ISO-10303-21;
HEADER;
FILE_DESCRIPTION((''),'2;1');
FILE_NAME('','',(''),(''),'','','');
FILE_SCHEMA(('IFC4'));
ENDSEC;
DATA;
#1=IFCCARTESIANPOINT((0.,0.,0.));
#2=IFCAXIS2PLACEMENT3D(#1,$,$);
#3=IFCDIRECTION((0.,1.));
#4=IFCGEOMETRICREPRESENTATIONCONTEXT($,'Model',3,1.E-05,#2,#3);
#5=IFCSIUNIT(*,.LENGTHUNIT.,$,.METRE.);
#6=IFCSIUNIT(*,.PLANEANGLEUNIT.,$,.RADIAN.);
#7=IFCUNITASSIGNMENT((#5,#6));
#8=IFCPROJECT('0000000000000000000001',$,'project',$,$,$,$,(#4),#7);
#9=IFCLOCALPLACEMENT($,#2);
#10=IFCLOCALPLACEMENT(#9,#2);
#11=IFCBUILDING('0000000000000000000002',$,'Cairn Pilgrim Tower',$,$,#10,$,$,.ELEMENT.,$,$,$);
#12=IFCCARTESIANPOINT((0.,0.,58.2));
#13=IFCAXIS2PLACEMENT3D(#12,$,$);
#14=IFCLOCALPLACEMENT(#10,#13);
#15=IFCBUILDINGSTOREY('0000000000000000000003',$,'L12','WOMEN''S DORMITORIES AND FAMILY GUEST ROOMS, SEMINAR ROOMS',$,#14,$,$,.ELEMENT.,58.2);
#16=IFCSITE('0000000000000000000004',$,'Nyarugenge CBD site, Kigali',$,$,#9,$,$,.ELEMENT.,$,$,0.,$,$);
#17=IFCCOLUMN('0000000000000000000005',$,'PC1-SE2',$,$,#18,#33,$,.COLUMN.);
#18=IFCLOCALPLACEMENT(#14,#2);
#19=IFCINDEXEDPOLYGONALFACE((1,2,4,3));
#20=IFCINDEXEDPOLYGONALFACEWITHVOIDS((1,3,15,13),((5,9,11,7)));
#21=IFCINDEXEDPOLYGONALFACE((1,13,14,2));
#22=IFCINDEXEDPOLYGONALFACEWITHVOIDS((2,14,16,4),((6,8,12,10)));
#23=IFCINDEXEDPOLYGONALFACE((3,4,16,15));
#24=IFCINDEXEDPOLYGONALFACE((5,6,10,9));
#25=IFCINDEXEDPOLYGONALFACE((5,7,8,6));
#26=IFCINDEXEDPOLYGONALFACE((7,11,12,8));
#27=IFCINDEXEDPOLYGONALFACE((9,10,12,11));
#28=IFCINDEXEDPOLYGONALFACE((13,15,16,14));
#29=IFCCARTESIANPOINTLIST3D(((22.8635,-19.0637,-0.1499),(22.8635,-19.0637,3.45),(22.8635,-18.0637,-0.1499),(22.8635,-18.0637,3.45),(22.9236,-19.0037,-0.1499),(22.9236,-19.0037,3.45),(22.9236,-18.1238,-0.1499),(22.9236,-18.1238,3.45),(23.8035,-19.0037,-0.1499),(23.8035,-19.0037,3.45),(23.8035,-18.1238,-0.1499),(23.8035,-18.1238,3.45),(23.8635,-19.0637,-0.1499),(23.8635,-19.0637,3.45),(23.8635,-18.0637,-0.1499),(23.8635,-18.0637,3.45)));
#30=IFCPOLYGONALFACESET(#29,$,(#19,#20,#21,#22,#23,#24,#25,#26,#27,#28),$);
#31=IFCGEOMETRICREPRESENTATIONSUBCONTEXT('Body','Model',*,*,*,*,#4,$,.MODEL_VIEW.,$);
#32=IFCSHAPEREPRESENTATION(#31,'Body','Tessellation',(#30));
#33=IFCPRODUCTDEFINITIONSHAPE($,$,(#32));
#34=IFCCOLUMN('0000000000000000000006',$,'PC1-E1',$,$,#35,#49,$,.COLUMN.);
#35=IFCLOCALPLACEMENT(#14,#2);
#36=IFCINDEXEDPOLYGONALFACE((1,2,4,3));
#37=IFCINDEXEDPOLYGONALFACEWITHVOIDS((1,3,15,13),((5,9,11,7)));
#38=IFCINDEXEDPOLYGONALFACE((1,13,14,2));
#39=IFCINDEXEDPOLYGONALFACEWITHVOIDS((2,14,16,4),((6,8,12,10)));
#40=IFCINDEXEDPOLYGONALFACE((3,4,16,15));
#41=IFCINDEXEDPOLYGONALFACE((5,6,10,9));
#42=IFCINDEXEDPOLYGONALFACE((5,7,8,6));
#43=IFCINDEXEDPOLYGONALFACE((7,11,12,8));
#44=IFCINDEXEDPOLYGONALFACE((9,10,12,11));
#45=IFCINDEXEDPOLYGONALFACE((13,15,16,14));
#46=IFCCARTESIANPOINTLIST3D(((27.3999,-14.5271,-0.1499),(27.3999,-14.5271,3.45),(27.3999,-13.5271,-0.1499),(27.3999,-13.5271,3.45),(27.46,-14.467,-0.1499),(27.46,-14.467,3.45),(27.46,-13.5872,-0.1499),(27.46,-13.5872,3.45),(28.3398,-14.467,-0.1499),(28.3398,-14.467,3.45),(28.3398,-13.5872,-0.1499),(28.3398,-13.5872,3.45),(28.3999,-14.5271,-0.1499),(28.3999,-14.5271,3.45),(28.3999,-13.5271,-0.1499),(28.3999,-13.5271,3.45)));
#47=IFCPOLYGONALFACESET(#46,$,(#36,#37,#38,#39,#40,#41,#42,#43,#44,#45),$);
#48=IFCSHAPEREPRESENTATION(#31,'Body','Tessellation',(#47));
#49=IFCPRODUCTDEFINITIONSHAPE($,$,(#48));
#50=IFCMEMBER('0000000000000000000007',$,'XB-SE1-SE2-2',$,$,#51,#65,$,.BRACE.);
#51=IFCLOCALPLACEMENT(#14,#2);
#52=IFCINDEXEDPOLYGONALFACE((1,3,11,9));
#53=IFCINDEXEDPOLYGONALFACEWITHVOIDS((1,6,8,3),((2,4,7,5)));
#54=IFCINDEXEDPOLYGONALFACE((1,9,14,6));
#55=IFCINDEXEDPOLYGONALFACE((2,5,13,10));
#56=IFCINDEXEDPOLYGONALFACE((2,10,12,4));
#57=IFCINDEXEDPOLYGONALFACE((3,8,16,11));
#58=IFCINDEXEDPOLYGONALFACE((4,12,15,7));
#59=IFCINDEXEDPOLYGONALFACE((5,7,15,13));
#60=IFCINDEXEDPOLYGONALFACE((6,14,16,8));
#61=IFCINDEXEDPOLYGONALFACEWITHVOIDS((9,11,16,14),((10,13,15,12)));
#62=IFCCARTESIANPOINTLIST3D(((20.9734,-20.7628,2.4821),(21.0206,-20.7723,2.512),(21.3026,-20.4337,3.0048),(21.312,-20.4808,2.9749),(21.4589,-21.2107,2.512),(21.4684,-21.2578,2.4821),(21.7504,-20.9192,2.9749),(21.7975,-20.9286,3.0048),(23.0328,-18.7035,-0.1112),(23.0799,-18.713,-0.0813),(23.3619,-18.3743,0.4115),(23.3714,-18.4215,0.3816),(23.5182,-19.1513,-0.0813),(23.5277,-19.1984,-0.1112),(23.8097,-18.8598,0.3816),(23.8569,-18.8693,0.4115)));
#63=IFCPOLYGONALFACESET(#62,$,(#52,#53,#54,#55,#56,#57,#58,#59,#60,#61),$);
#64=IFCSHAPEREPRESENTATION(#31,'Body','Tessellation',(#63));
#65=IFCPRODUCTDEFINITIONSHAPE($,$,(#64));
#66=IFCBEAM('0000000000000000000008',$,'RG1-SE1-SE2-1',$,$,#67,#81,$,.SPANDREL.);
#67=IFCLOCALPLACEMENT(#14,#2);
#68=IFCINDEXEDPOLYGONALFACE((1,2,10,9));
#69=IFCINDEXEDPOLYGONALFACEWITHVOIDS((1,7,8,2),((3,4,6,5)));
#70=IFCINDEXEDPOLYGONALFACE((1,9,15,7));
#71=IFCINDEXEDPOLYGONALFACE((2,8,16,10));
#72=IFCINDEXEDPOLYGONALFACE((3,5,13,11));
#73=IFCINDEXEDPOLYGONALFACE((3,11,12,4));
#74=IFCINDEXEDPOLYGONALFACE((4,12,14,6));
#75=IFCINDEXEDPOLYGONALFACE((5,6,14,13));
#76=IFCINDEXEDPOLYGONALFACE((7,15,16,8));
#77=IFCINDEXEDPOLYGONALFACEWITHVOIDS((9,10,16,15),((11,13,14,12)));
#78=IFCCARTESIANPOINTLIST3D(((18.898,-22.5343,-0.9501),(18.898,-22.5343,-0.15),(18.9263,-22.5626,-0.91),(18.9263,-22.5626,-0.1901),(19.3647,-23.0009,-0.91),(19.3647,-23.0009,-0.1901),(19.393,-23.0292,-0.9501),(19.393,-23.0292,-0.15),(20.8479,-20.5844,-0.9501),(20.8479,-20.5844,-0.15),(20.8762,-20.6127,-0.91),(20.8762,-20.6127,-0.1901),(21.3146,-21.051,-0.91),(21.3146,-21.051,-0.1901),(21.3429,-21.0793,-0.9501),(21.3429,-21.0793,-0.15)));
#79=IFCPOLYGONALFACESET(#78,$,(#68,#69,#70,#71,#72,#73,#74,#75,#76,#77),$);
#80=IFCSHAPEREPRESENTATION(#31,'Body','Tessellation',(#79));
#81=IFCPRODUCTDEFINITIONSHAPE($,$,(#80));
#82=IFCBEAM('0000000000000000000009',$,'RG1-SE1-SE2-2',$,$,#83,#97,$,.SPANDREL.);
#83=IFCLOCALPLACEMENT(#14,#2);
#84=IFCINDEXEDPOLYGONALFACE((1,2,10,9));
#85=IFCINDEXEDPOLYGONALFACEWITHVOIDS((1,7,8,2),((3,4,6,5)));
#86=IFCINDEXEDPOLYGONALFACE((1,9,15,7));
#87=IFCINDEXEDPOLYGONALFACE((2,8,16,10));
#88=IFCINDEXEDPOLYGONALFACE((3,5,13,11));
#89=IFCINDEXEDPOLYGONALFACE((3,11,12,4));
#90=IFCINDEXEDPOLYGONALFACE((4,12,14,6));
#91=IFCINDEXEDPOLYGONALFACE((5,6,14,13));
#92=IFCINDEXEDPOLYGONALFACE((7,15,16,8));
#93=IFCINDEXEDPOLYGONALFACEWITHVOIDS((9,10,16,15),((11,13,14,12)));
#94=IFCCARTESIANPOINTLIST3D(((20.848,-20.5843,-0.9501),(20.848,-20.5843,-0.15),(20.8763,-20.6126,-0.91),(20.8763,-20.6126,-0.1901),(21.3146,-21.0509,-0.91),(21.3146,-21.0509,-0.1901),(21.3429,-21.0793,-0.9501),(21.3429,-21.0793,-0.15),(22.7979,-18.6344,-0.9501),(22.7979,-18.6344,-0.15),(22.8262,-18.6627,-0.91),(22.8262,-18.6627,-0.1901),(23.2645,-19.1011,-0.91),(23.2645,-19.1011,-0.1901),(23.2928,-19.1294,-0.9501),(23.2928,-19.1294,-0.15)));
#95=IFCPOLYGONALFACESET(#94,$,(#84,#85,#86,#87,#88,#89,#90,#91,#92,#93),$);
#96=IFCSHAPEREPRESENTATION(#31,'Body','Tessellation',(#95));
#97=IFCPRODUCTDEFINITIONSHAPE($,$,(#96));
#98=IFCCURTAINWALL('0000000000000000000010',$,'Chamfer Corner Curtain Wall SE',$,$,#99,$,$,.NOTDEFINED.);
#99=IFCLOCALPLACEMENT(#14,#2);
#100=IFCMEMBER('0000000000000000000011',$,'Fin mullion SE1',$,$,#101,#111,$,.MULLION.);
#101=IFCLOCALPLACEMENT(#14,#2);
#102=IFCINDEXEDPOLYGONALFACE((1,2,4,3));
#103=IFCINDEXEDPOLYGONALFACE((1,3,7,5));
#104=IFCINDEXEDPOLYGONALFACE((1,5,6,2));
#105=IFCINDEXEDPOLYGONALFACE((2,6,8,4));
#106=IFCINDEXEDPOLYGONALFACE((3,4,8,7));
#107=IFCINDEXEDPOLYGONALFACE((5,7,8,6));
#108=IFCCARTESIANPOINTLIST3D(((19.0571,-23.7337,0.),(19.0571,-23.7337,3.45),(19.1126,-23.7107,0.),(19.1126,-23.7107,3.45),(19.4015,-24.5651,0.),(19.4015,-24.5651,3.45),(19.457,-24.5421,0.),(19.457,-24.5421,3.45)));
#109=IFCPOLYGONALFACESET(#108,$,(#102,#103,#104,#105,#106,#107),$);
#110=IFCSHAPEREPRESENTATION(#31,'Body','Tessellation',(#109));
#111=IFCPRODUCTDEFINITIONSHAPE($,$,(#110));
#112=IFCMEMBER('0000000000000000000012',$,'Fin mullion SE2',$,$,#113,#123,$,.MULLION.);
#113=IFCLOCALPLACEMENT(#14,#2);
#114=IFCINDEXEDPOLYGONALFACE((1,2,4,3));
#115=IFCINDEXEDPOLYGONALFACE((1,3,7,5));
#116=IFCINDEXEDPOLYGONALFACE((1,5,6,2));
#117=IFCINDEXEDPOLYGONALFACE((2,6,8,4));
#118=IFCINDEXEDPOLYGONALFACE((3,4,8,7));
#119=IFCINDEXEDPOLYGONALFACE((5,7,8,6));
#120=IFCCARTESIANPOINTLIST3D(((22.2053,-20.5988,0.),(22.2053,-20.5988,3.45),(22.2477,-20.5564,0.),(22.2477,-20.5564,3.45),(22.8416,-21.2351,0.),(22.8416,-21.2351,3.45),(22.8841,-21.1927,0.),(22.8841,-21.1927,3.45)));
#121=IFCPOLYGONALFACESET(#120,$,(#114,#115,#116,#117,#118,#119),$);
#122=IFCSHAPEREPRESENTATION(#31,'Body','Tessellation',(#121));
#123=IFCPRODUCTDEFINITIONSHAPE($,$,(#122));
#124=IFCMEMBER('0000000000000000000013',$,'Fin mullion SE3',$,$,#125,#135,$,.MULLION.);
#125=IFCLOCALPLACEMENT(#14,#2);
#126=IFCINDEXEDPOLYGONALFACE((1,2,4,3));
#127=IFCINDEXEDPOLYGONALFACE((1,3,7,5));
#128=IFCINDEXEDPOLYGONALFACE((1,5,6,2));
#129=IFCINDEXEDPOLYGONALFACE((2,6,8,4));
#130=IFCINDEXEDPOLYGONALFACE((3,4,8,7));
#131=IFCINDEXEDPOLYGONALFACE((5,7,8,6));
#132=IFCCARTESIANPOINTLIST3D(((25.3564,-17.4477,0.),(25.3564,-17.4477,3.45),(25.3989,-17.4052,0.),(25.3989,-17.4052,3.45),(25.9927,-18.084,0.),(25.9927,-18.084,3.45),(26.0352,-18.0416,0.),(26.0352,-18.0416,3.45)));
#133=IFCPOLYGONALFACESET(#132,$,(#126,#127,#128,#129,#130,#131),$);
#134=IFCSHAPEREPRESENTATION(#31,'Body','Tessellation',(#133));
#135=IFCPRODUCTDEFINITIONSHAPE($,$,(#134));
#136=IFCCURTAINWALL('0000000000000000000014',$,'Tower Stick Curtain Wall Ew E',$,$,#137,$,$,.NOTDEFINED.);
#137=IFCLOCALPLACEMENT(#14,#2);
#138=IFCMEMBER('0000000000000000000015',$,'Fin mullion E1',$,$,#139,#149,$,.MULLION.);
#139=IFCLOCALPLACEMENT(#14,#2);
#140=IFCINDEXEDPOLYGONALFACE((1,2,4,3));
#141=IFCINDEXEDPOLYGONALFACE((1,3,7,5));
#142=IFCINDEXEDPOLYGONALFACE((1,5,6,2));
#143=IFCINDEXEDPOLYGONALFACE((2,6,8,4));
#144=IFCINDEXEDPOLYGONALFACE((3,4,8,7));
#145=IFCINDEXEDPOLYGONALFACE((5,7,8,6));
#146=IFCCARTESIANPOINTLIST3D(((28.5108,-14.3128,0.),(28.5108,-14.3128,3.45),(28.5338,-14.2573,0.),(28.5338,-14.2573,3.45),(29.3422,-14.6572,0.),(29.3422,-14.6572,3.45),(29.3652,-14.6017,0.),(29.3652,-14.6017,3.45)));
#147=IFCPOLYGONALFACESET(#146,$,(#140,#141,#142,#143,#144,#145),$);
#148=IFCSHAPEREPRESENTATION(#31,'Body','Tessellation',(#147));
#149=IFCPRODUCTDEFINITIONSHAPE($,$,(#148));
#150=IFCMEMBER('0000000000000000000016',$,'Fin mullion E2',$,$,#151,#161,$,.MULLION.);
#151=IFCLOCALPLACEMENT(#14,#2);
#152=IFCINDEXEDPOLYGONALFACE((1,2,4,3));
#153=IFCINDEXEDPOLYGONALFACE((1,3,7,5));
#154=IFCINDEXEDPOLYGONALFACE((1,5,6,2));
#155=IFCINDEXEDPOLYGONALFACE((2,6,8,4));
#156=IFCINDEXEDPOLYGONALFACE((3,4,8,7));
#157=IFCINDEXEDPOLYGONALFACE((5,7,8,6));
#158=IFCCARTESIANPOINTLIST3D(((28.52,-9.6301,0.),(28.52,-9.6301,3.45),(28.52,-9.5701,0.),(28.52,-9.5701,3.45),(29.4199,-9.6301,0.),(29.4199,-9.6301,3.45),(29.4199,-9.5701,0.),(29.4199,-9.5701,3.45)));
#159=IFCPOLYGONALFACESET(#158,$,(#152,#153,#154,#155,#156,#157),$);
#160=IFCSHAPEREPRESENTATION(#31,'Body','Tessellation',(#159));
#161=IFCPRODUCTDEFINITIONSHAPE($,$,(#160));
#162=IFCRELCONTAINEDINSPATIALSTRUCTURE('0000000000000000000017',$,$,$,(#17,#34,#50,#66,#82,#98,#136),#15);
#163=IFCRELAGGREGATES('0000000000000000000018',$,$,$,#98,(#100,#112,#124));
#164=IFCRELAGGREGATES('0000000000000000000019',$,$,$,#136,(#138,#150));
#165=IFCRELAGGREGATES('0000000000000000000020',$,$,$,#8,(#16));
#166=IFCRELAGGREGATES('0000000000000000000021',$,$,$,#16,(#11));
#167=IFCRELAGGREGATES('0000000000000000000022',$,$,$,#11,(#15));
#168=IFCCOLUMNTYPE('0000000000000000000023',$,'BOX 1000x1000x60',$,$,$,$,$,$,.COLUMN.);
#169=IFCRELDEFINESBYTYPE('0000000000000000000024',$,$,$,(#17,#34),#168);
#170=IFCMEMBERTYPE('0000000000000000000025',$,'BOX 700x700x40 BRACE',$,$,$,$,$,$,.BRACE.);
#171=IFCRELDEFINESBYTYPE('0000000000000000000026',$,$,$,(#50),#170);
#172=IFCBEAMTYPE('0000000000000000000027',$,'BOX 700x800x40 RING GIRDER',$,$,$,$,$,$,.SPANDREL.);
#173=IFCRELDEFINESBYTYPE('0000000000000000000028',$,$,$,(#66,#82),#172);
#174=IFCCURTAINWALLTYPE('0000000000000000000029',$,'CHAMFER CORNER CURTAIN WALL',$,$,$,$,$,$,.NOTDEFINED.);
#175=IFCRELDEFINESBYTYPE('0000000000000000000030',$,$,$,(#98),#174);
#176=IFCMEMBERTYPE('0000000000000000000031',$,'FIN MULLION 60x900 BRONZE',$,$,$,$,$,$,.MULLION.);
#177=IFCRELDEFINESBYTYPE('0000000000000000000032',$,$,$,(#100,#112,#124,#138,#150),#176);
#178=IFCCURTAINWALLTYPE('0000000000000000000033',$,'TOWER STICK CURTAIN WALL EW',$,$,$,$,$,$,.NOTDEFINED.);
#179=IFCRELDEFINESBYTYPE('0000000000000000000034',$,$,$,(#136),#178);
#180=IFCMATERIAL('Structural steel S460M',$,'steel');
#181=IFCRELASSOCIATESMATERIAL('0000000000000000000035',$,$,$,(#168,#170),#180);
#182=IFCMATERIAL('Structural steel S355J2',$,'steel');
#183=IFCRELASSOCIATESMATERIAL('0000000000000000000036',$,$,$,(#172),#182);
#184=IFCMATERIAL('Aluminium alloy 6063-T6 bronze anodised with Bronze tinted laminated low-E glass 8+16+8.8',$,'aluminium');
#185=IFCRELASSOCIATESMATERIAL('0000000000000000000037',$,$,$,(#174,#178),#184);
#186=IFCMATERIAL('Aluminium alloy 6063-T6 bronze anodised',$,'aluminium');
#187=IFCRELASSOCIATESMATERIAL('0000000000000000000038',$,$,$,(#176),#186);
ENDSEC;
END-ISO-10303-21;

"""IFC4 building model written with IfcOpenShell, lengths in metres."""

from ifc_helpers import new_model, si_unit, direction, frame, origin, origin_2d, place, context, subcontext, project, spatial, rectangle, hollow_rectangle, extrude, material, material_profile, profile_set, type_object, element, aggregate, save


model = new_model("IFC4")

# Units and contexts
model_context = context("Model", 3, precision=1e-05, world=origin(), true_north=direction((0.0, 1.0)))
body_context = subcontext(model_context, "Body", "Model", "MODEL_VIEW")
ifc_project = project(units=[si_unit("LENGTHUNIT", "METRE"), si_unit("PLANEANGLEUNIT", "RADIAN")], contexts=[model_context])

# Site, building, storey
site_placement = place(None, origin())
site = spatial("IfcSite", under=ifc_project, at=site_placement, Name="Nyarugenge CBD site, Kigali", CompositionType="ELEMENT", RefElevation=0.0)
building_placement = place(site_placement, origin())
building = spatial("IfcBuilding", under=site, at=building_placement, Name="Cairn Pilgrim Tower", CompositionType="ELEMENT")
storey_placement = place(building_placement, frame((0.0, 0.0, 58.2)))
storey = spatial("IfcBuildingStorey", under=building, at=storey_placement, Name="L12", Description="WOMEN'S DORMITORIES AND FAMILY GUEST ROOMS, SEMINAR ROOMS", CompositionType="ELEMENT", Elevation=58.2)

# Columns
ifc_material_1 = material(Name="Structural steel S460M", Category="steel")
ifc_material_profile_1 = material_profile(ifc_material_1, hollow_rectangle(XDim=1.0, YDim=1.0, WallThickness=0.0601, at=origin_2d()), Name="BOX 1000x1000x60")
ifc_profile_set_1 = profile_set([ifc_material_profile_1], Name="Structural steel S460M")
column_type = type_object("IfcColumnType", Name="BOX 1000x1000x60", PredefinedType="COLUMN", material=ifc_profile_set_1)
for number, where, z_axis, x_axis, name in (
    (1, (23.3635, -18.5637, -0.1499), (0.0, 0.0, 1.0), (1.0, 0.0, 0.0), "PC1-SE2"),
    (2, (27.8999, -14.0271, -0.1499), (0.0, 0.0, 1.0), (1.0, 0.0, 0.0), "PC1-E1"),
):
    element("IfcColumn", number, at=place(storey_placement, frame(where, z_axis=z_axis, x_axis=x_axis)), inside=storey, type_object=column_type, Name=name, PredefinedType="COLUMN", context=body_context, shape_type="SweptSolid", body=[
        extrude(hollow_rectangle(XDim=1.0, YDim=1.0, WallThickness=0.0601, at=origin_2d()), origin(), (0.0, 0.0, 1.0), 3.5999),
    ])

# Member
ifc_material_profile_2 = material_profile(ifc_material_1, hollow_rectangle(XDim=0.7, YDim=0.7, WallThickness=0.04, at=origin_2d()), Name="BOX 700x700x40")
ifc_profile_set_2 = profile_set([ifc_material_profile_2], Name="Structural steel S460M")
member_type_1 = type_object("IfcMemberType", Name="BOX 700x700x40 BRACE", PredefinedType="BRACE", material=ifc_profile_set_2)
member_1_placement = place(storey_placement, frame((23.4448, -18.7864, 0.1501), z_axis=(-0.52809, -0.52809, 0.665012), x_axis=(0.707107, -0.707107, 0.0)))
element("IfcMember", 3, at=member_1_placement, inside=storey, type_object=member_type_1, Name="XB-SE1-SE2-2", PredefinedType="BRACE", context=body_context, shape_type="SweptSolid", body=[
    extrude(hollow_rectangle(XDim=0.7, YDim=0.7, WallThickness=0.04, at=origin_2d()), origin(), (0.0, 0.0, 1.0), 3.8997),
])

# Beams
ifc_material_2 = material(Name="Structural steel S355J2", Category="steel")
ifc_material_profile_3 = material_profile(ifc_material_2, hollow_rectangle(XDim=0.7, YDim=0.8, WallThickness=0.04, at=origin_2d()), Name="BOX 700x800x40")
ifc_profile_set_3 = profile_set([ifc_material_profile_3], Name="Structural steel S355J2")
beam_type_1 = type_object("IfcBeamType", Name="BOX 700x800x40 RING GIRDER", PredefinedType="SPANDREL", material=ifc_profile_set_3)
for number, where, z_axis, x_axis, name in (
    (4, (19.1455, -22.7817, -0.55), (0.707107, 0.707107, 0.0), (-0.707107, 0.707107, 0.0), "RG1-SE1-SE2-1"),
    (5, (21.0955, -20.8318, -0.55), (0.707107, 0.707107, 0.0), (-0.707107, 0.707107, 0.0), "RG1-SE1-SE2-2"),
):
    element("IfcBeam", number, at=place(storey_placement, frame(where, z_axis=z_axis, x_axis=x_axis)), inside=storey, type_object=beam_type_1, Name=name, PredefinedType="SPANDREL", context=body_context, shape_type="SweptSolid", body=[
        extrude(hollow_rectangle(XDim=0.7, YDim=0.8, WallThickness=0.04, at=origin_2d()), origin(), (0.0, 0.0, 1.0), 2.7576),
    ])

# Curtain walls, members
ifc_material_3 = material(Name="Aluminium alloy 6063-T6 bronze anodised with Bronze tinted laminated low-E glass 8+16+8.8", Category="aluminium")
curtain_wall_type_1 = type_object("IfcCurtainWallType", Name="CHAMFER CORNER CURTAIN WALL", PredefinedType="NOTDEFINED", material=ifc_material_3)
curtain_wall_1_placement = place(storey_placement, origin())
curtain_wall_1 = element("IfcCurtainWall", 6, at=curtain_wall_1_placement, inside=storey, type_object=curtain_wall_type_1, Name="Chamfer Corner Curtain Wall SE", PredefinedType="NOTDEFINED")
ifc_material_4 = material(Name="Aluminium alloy 6063-T6 bronze anodised", Category="aluminium")
ifc_material_profile_4 = material_profile(ifc_material_4, rectangle(XDim=0.8999, YDim=0.0601, at=origin_2d()), Name="FIN MULLION 60x900 BRONZE")
ifc_profile_set_4 = profile_set([ifc_material_profile_4], Name="Aluminium alloy 6063-T6 bronze anodised")
member_type_2 = type_object("IfcMemberType", Name="FIN MULLION 60x900 BRONZE", PredefinedType="MULLION", material=ifc_profile_set_4)
member_2_placement = place(storey_placement, frame((19.2571, -24.1379, 0.0), z_axis=(0.0, 0.0, 1.0), x_axis=(0.382683, -0.92388, 0.0)))
member_2 = element("IfcMember", 7, at=member_2_placement, type_object=member_type_2, Name="Fin mullion SE1", PredefinedType="MULLION", context=body_context, shape_type="SweptSolid", body=[
    extrude(rectangle(XDim=0.8999, YDim=0.0601, at=origin_2d()), origin(), (0.0, 0.0, 1.0), 3.45),
])
member_3_placement = place(storey_placement, frame((22.5447, -20.8958, 0.0), z_axis=(0.0, 0.0, 1.0), x_axis=(0.707107, -0.707107, 0.0)))
member_3 = element("IfcMember", 8, at=member_3_placement, type_object=member_type_2, Name="Fin mullion SE2", PredefinedType="MULLION", context=body_context, shape_type="SweptSolid", body=[
    extrude(rectangle(XDim=0.8999, YDim=0.0601, at=origin_2d()), origin(), (0.0, 0.0, 1.0), 3.45),
])
member_4_placement = place(storey_placement, frame((25.6958, -17.7446, 0.0), z_axis=(0.0, 0.0, 1.0), x_axis=(0.707107, -0.707107, 0.0)))
member_4 = element("IfcMember", 9, at=member_4_placement, type_object=member_type_2, Name="Fin mullion SE3", PredefinedType="MULLION", context=body_context, shape_type="SweptSolid", body=[
    extrude(rectangle(XDim=0.8999, YDim=0.0601, at=origin_2d()), origin(), (0.0, 0.0, 1.0), 3.45),
])
curtain_wall_type_2 = type_object("IfcCurtainWallType", Name="TOWER STICK CURTAIN WALL EW", PredefinedType="NOTDEFINED", material=ifc_material_3)
curtain_wall_2_placement = place(storey_placement, origin())
curtain_wall_2 = element("IfcCurtainWall", 10, at=curtain_wall_2_placement, inside=storey, type_object=curtain_wall_type_2, Name="Tower Stick Curtain Wall Ew E", PredefinedType="NOTDEFINED")
member_5_placement = place(storey_placement, frame((28.938, -14.4573, 0.0), z_axis=(0.0, 0.0, 1.0), x_axis=(0.92388, -0.382683, 0.0)))
member_5 = element("IfcMember", 11, at=member_5_placement, type_object=member_type_2, Name="Fin mullion E1", PredefinedType="MULLION", context=body_context, shape_type="SweptSolid", body=[
    extrude(rectangle(XDim=0.8999, YDim=0.0601, at=origin_2d()), origin(), (0.0, 0.0, 1.0), 3.45),
])
member_6_placement = place(storey_placement, frame((28.97, -9.6001, 0.0), z_axis=(0.0, 0.0, 1.0), x_axis=(1.0, 0.0, 0.0)))
member_6 = element("IfcMember", 12, at=member_6_placement, type_object=member_type_2, Name="Fin mullion E2", PredefinedType="MULLION", context=body_context, shape_type="SweptSolid", body=[
    extrude(rectangle(XDim=0.8999, YDim=0.0601, at=origin_2d()), origin(), (0.0, 0.0, 1.0), 3.45),
])

aggregate(curtain_wall_1, [member_2, member_3, member_4])
aggregate(curtain_wall_2, [member_5, member_6])

save(model, "model.ifc")
